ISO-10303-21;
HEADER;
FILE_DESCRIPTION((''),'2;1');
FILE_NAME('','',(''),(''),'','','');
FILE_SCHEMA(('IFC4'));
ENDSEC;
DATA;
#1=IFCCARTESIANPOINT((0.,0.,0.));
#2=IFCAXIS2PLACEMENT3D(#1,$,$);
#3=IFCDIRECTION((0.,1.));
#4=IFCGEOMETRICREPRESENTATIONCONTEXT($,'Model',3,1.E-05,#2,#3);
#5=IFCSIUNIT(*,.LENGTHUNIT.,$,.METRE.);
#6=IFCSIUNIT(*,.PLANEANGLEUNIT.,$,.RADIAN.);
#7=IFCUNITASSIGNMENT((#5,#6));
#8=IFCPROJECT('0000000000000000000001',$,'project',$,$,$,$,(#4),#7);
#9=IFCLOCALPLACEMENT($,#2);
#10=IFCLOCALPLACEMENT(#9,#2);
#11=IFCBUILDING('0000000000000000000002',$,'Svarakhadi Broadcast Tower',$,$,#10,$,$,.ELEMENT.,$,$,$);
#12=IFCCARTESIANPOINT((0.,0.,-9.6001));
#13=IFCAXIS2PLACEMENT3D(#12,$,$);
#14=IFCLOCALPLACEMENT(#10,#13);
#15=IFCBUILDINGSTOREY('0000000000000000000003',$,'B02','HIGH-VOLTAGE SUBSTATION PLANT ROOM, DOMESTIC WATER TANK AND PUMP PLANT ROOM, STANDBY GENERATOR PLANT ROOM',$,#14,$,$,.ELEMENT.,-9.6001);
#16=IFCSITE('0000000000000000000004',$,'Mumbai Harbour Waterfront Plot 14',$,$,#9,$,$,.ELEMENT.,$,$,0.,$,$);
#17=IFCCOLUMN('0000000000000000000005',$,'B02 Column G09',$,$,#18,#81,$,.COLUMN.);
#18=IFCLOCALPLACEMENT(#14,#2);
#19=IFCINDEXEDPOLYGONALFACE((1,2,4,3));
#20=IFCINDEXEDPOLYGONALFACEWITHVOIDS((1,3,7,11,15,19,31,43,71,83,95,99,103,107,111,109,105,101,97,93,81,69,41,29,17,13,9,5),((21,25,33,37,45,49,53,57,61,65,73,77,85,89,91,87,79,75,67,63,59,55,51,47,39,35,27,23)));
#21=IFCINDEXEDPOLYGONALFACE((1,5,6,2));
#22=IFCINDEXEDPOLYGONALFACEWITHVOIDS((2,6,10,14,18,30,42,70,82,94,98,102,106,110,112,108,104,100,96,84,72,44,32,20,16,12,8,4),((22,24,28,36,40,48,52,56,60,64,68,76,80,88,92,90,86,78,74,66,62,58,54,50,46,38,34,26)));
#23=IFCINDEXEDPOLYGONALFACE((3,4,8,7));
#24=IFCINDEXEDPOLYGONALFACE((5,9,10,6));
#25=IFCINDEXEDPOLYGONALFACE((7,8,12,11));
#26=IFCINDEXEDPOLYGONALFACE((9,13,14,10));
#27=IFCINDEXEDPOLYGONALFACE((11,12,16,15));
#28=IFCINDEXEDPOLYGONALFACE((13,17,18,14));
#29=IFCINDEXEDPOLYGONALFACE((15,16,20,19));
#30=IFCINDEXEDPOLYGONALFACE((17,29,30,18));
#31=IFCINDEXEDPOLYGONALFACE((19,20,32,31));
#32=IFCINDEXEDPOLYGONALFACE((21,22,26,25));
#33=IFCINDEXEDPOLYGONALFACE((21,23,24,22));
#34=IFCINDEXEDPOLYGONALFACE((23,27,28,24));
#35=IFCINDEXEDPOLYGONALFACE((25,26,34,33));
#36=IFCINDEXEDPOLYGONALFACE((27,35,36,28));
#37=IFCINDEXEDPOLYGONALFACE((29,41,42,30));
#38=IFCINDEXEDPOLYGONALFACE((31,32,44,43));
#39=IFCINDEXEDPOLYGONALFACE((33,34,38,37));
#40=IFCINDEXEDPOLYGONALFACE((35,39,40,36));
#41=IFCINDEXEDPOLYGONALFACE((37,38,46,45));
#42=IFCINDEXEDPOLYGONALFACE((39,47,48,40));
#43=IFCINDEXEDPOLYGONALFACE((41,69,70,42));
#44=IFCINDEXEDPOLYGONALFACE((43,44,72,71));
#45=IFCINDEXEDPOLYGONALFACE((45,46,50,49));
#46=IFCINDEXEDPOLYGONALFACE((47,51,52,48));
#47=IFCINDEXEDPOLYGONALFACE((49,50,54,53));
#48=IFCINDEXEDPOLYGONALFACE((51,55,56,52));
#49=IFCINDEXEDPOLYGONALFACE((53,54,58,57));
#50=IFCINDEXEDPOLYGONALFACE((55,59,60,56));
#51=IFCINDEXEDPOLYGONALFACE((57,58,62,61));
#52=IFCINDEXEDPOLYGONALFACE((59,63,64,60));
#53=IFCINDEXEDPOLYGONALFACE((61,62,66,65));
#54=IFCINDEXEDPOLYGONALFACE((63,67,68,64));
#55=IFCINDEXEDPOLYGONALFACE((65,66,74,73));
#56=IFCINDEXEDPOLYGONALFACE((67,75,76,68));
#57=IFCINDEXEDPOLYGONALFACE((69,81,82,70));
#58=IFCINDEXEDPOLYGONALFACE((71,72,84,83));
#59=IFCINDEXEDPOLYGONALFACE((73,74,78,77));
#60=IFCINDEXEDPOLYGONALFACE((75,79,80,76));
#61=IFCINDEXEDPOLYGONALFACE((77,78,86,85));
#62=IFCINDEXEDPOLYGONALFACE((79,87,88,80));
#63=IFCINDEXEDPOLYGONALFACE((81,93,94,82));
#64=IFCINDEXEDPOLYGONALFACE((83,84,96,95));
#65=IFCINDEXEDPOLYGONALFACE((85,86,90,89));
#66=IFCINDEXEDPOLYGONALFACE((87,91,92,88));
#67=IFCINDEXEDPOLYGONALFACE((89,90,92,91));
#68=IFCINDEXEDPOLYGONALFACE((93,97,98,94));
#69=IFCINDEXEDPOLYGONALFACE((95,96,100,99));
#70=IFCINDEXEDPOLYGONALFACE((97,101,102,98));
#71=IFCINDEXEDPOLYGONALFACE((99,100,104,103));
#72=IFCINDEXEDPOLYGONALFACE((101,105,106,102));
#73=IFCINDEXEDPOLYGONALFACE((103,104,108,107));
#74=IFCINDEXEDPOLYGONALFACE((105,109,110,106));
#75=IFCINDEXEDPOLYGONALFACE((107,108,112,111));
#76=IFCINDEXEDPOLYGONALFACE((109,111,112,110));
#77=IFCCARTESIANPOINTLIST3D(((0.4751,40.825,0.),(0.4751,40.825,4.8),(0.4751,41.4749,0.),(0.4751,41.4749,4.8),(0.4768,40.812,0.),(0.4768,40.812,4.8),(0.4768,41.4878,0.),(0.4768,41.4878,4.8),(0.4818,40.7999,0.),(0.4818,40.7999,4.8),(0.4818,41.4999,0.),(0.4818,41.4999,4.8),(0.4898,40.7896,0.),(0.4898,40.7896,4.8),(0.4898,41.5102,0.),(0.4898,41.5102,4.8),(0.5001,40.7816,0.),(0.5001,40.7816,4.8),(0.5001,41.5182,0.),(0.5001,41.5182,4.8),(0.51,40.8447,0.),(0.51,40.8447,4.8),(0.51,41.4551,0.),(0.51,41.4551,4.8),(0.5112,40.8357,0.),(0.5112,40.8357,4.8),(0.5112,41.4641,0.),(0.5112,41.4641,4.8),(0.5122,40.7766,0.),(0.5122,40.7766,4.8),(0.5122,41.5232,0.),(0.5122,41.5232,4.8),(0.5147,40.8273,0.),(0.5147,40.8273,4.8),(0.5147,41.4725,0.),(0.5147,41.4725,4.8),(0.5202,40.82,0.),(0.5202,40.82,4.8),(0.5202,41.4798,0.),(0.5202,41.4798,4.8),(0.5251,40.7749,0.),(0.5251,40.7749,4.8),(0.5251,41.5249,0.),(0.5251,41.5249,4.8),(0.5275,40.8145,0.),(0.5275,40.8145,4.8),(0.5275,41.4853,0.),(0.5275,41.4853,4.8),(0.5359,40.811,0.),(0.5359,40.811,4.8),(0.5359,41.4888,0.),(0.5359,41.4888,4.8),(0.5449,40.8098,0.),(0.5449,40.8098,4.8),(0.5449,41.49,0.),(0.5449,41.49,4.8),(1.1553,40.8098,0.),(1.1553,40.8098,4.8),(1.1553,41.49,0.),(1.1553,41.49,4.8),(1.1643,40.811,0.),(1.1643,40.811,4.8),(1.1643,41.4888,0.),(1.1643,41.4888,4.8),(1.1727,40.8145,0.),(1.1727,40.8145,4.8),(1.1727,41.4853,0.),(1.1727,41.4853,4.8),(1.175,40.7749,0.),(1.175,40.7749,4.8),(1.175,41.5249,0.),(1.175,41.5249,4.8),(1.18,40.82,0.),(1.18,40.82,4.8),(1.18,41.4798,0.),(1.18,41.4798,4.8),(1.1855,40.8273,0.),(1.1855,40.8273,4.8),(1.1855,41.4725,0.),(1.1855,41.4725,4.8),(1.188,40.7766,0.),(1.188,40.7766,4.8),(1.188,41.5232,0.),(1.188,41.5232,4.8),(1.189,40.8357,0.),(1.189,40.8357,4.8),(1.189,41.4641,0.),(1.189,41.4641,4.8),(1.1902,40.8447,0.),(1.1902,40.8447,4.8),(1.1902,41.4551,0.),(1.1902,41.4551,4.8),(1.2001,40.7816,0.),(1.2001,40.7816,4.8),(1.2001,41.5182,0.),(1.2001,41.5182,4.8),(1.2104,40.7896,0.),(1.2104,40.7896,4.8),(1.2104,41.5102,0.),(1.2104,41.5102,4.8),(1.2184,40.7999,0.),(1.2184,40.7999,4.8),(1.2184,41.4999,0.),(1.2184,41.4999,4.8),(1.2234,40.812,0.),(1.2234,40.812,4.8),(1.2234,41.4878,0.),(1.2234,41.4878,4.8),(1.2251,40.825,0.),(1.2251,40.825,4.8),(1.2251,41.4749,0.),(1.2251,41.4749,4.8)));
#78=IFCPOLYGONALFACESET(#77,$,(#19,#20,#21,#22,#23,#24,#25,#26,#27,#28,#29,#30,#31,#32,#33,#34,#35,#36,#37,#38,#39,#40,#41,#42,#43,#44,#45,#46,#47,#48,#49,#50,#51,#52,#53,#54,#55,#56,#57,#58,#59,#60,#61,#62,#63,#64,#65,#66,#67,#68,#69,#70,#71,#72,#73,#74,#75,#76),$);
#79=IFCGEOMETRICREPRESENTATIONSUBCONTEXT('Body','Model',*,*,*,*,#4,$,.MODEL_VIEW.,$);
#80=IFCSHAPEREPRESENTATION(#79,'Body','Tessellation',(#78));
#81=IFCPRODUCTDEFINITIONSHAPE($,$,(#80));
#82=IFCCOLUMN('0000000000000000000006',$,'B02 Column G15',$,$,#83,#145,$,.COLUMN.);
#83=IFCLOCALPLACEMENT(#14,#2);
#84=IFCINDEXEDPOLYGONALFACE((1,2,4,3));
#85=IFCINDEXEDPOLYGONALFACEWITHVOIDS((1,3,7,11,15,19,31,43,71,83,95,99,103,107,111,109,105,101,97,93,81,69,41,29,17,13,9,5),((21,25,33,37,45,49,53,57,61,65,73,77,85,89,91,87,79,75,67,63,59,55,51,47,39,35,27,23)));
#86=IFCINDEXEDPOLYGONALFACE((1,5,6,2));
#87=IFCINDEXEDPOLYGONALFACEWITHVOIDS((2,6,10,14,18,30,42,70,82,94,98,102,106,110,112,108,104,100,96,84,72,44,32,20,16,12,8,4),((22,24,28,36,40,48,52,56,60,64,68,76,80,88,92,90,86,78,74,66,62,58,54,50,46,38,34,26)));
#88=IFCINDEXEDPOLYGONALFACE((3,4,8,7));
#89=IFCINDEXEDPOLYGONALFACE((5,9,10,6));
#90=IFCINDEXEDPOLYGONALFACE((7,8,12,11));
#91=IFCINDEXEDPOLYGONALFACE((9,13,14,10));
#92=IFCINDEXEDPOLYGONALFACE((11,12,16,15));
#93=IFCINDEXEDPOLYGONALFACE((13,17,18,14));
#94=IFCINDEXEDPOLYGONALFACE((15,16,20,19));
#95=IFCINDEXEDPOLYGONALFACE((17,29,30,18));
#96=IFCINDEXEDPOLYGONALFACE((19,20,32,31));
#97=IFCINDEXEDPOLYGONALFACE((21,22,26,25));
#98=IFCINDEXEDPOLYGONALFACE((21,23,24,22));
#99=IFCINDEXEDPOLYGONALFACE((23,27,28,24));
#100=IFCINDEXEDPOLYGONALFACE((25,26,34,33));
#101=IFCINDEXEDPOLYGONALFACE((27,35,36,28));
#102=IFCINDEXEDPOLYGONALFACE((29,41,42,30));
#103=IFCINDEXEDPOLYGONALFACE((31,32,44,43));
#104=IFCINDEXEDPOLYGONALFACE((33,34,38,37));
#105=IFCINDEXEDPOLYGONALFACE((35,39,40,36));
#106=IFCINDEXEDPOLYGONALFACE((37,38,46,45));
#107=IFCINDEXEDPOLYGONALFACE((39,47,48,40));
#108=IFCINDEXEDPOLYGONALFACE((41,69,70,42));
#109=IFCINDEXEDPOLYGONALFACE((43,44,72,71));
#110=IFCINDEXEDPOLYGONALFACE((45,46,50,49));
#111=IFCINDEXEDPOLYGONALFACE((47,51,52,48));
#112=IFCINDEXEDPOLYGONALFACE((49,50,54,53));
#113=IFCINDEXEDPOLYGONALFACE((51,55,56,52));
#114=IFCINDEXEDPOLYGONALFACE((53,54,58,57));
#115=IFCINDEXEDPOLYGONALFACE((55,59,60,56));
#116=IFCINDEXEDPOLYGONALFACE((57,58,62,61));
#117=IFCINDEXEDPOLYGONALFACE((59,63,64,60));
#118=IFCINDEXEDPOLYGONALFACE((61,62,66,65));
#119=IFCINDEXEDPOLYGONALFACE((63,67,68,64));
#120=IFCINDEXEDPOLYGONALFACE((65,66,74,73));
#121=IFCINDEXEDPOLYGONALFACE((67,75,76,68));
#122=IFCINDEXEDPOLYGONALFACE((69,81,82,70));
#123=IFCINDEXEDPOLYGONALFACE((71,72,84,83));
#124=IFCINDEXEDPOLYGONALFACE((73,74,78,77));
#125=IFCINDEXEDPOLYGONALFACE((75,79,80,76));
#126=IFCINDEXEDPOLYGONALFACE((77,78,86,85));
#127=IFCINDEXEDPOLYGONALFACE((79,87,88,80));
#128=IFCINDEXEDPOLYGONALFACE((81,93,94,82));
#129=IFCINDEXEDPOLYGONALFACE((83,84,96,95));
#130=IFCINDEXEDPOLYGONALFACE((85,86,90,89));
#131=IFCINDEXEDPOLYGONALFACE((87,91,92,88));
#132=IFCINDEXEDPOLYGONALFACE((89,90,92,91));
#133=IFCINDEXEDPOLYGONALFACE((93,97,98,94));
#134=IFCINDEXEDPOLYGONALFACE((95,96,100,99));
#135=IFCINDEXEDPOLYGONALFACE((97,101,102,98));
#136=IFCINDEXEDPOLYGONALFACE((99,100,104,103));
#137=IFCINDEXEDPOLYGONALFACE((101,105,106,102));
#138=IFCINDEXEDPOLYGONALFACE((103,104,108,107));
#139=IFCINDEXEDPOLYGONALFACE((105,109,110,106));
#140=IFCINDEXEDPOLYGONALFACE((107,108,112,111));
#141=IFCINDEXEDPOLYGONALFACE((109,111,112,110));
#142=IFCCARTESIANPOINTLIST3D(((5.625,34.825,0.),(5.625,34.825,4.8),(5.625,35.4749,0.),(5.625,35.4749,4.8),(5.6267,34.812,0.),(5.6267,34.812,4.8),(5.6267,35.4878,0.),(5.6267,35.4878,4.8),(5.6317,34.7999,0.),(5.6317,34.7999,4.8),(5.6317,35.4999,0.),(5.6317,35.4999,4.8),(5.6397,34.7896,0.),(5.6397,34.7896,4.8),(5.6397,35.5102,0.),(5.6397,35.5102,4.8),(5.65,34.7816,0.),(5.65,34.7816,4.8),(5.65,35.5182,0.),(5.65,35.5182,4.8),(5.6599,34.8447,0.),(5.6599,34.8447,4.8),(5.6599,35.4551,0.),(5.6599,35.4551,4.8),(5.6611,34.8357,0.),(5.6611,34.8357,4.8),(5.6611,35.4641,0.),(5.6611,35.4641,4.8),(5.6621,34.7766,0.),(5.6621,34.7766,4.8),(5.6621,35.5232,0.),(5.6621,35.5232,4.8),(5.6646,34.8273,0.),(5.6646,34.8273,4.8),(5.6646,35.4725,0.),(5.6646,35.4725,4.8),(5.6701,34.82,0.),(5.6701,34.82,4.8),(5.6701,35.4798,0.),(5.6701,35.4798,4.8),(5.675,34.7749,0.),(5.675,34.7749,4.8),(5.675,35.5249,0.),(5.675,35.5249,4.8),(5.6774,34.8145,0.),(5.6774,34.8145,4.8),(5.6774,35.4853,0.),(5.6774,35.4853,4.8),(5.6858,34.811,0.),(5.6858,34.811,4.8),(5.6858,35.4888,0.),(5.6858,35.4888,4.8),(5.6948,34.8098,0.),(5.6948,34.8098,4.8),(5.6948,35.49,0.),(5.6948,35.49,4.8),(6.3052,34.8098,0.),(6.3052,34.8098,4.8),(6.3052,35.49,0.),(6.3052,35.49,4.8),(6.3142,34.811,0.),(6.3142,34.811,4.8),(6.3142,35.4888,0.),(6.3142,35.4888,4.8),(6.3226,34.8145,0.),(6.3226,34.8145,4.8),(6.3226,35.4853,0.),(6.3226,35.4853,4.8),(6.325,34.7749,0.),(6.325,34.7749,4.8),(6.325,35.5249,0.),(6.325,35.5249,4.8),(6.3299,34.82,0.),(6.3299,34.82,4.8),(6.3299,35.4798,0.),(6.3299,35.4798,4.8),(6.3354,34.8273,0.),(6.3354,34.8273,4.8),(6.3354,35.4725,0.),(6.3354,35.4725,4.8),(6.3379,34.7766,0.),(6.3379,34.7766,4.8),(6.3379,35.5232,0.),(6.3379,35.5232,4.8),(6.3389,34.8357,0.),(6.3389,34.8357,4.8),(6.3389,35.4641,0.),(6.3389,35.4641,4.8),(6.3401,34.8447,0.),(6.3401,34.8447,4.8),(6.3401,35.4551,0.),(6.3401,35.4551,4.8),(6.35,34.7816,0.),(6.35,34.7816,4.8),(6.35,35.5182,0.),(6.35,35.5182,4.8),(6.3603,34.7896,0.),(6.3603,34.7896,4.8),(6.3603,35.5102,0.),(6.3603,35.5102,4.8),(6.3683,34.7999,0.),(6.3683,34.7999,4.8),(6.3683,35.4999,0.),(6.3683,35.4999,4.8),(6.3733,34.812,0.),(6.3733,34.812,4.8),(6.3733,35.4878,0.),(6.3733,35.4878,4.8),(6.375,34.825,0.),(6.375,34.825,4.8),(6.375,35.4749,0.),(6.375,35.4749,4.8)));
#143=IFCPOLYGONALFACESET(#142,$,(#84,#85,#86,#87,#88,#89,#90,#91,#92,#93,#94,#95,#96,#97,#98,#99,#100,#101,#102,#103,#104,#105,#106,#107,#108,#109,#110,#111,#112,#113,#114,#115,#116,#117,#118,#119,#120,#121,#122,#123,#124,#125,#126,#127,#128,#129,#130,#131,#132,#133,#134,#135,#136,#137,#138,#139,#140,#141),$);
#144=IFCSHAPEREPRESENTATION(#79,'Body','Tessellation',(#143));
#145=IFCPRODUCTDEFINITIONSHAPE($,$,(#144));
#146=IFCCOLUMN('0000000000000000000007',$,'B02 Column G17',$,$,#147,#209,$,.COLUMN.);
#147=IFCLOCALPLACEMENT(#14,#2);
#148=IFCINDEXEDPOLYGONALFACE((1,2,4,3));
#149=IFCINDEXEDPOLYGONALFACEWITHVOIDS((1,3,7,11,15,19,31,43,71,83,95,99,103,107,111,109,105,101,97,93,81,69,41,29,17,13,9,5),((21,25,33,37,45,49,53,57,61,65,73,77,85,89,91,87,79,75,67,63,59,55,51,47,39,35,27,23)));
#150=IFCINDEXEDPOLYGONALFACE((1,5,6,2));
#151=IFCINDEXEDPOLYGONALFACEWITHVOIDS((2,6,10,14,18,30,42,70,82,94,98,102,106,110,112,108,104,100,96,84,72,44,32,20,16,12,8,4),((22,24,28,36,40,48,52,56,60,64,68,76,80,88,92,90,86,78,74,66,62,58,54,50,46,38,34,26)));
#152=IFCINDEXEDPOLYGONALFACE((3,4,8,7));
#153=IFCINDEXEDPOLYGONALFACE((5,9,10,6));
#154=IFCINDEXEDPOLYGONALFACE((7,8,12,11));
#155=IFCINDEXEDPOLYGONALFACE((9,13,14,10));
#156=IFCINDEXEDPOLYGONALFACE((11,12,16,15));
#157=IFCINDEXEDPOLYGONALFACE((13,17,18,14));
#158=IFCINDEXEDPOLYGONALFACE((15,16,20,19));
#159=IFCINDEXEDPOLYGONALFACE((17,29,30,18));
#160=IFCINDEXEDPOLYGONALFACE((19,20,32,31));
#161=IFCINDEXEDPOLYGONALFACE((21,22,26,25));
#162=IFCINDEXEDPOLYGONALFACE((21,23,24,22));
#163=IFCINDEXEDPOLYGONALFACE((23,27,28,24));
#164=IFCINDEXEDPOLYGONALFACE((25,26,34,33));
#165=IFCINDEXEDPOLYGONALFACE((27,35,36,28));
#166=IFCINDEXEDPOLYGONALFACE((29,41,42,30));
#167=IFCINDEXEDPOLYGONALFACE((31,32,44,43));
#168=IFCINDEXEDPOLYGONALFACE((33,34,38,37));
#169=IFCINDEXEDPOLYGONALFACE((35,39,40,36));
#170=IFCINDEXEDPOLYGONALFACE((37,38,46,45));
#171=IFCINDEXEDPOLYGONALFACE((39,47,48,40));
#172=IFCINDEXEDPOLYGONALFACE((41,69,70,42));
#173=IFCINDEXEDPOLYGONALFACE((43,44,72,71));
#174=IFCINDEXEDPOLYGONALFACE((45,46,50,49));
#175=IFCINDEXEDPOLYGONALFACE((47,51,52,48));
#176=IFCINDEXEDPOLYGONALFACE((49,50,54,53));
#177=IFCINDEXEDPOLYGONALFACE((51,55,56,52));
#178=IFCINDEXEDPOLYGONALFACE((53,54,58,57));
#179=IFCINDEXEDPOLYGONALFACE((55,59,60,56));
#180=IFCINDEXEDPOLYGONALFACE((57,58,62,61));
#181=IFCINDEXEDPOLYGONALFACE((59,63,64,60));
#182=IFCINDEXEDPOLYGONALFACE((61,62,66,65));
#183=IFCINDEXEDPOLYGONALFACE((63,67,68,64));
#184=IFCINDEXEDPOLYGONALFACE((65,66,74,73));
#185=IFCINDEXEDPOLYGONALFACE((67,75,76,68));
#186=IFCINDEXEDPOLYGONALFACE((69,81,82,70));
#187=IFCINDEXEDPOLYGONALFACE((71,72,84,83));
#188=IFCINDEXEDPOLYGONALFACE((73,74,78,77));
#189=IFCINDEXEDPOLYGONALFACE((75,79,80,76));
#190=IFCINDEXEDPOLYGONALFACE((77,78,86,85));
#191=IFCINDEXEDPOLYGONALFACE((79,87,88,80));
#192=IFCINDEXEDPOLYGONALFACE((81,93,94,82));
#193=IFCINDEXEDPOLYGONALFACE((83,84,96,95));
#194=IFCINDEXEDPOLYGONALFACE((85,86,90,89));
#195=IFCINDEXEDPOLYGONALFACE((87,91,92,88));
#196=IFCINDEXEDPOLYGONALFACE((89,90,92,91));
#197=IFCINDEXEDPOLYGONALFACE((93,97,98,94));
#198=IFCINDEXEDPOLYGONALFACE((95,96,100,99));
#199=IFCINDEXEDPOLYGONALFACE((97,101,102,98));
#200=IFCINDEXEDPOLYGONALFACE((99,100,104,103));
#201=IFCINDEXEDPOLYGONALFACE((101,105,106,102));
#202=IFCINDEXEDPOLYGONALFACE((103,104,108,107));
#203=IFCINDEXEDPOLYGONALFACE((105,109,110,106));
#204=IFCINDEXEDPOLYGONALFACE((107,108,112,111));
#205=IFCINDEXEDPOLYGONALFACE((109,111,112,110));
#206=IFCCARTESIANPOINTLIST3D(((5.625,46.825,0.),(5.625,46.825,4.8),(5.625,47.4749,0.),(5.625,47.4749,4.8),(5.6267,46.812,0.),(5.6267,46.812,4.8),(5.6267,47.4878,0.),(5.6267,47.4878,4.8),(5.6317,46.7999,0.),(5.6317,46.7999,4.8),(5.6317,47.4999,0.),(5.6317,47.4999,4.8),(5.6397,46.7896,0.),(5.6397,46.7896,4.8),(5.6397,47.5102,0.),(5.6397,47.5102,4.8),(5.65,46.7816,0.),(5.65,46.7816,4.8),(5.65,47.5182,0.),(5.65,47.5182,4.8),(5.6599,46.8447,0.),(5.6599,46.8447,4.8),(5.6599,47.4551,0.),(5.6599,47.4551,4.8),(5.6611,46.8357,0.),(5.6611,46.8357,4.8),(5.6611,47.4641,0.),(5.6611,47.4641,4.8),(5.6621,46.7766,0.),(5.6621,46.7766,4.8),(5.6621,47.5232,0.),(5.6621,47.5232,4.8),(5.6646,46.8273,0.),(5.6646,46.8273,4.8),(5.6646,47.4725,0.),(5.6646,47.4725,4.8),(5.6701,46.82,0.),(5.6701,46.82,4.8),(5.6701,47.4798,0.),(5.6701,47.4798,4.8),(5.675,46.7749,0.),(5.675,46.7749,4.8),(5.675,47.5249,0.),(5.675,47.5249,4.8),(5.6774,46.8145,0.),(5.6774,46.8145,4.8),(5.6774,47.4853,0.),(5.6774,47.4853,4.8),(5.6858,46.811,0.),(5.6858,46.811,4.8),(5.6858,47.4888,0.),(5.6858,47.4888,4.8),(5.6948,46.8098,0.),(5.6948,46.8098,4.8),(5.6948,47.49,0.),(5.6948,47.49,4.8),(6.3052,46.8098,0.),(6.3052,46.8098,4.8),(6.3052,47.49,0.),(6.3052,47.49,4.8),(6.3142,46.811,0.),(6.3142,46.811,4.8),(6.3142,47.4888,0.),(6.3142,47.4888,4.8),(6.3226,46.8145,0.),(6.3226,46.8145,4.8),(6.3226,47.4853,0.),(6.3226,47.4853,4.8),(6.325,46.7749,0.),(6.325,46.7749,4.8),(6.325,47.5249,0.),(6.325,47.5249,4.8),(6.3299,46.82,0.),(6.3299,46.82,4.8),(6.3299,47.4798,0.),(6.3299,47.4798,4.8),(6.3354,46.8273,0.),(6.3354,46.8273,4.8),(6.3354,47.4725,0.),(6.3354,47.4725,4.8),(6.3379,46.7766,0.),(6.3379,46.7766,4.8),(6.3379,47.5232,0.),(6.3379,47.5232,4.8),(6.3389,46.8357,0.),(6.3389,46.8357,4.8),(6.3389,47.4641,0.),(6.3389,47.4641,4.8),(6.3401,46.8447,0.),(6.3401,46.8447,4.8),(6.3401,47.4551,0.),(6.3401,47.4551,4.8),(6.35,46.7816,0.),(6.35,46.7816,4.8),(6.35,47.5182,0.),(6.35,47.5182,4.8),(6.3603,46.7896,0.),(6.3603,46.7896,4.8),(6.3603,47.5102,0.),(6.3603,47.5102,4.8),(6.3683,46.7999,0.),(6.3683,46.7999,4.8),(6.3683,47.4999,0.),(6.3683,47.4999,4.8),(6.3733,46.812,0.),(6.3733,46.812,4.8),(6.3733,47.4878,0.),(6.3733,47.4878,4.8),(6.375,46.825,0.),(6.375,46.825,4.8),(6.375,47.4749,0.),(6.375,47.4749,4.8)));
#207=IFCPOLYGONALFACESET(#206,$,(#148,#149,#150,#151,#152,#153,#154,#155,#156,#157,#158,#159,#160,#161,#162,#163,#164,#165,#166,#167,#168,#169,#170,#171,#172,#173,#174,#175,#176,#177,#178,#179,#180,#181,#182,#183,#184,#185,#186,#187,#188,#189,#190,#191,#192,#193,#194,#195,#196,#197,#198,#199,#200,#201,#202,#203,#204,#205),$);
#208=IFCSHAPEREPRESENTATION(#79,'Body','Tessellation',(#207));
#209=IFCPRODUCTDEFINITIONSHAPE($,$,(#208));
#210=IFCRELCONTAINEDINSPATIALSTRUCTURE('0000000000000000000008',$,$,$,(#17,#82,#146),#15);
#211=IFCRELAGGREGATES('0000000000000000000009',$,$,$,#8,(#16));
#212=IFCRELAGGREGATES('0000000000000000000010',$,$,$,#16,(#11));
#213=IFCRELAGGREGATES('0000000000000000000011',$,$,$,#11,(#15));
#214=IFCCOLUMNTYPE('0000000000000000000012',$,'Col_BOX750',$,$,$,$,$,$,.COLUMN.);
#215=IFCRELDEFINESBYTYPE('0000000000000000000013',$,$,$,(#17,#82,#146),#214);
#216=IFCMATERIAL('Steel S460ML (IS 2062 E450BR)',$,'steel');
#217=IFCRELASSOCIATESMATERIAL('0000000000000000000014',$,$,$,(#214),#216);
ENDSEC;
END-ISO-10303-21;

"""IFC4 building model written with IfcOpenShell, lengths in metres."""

from ifc_helpers import new_model, si_unit, direction, frame, origin, origin_2d, place, context, subcontext, project, spatial, hollow_rectangle, extrude, material, material_profile, profile_set, type_object, element, save


model = new_model("IFC4")

# Units and contexts
model_context = context("Model", 3, precision=1e-05, world=origin(), true_north=direction((0.0, 1.0)))
body_context = subcontext(model_context, "Body", "Model", "MODEL_VIEW")
ifc_project = project(units=[si_unit("LENGTHUNIT", "METRE"), si_unit("PLANEANGLEUNIT", "RADIAN")], contexts=[model_context])

# Site, building, storey
site_placement = place(None, origin())
site = spatial("IfcSite", under=ifc_project, at=site_placement, Name="Mumbai Harbour Waterfront Plot 14", CompositionType="ELEMENT", RefElevation=0.0)
building_placement = place(site_placement, origin())
building = spatial("IfcBuilding", under=site, at=building_placement, Name="Svarakhadi Broadcast Tower", CompositionType="ELEMENT")
storey_placement = place(building_placement, frame((0.0, 0.0, -9.6001)))
storey = spatial("IfcBuildingStorey", under=building, at=storey_placement, Name="B02", Description="HIGH-VOLTAGE SUBSTATION PLANT ROOM, DOMESTIC WATER TANK AND PUMP PLANT ROOM, STANDBY GENERATOR PLANT ROOM", CompositionType="ELEMENT", Elevation=-9.6001)

# Columns
ifc_material_1 = material(Name="Steel S460ML (IS 2062 E450BR)", Category="steel")
ifc_material_profile_1 = material_profile(ifc_material_1, hollow_rectangle(XDim=0.75, YDim=0.75, WallThickness=0.0349, InnerFilletRadius=0.0349, OuterFilletRadius=0.05, at=origin_2d()), Name="BOX 750x750x35")
ifc_profile_set_1 = profile_set([ifc_material_profile_1], Name="Steel S460ML (IS 2062 E450BR)")
column_type_1 = type_object("IfcColumnType", Name="Col_BOX750", PredefinedType="COLUMN", material=ifc_profile_set_1)
for number, where, z_axis, x_axis, name in (
    (1, (0.8501, 41.1499, 0.0), (0.0, 0.0, 1.0), (1.0, 0.0, 0.0), "B02 Column G09"),
    (2, (6.0, 35.1499, 0.0), (0.0, 0.0, 1.0), (1.0, 0.0, 0.0), "B02 Column G15"),
    (3, (6.0, 47.1499, 0.0), (0.0, 0.0, 1.0), (1.0, 0.0, 0.0), "B02 Column G17"),
):
    element("IfcColumn", number, at=place(storey_placement, frame(where, z_axis=z_axis, x_axis=x_axis)), inside=storey, type_object=column_type_1, Name=name, PredefinedType="COLUMN", context=body_context, shape_type="SweptSolid", body=[
        extrude(hollow_rectangle(XDim=0.75, YDim=0.75, WallThickness=0.0349, InnerFilletRadius=0.0349, OuterFilletRadius=0.05, at=origin_2d()), origin(), (0.0, 0.0, 1.0), 4.8),
    ])

save(model, "model.ifc")
